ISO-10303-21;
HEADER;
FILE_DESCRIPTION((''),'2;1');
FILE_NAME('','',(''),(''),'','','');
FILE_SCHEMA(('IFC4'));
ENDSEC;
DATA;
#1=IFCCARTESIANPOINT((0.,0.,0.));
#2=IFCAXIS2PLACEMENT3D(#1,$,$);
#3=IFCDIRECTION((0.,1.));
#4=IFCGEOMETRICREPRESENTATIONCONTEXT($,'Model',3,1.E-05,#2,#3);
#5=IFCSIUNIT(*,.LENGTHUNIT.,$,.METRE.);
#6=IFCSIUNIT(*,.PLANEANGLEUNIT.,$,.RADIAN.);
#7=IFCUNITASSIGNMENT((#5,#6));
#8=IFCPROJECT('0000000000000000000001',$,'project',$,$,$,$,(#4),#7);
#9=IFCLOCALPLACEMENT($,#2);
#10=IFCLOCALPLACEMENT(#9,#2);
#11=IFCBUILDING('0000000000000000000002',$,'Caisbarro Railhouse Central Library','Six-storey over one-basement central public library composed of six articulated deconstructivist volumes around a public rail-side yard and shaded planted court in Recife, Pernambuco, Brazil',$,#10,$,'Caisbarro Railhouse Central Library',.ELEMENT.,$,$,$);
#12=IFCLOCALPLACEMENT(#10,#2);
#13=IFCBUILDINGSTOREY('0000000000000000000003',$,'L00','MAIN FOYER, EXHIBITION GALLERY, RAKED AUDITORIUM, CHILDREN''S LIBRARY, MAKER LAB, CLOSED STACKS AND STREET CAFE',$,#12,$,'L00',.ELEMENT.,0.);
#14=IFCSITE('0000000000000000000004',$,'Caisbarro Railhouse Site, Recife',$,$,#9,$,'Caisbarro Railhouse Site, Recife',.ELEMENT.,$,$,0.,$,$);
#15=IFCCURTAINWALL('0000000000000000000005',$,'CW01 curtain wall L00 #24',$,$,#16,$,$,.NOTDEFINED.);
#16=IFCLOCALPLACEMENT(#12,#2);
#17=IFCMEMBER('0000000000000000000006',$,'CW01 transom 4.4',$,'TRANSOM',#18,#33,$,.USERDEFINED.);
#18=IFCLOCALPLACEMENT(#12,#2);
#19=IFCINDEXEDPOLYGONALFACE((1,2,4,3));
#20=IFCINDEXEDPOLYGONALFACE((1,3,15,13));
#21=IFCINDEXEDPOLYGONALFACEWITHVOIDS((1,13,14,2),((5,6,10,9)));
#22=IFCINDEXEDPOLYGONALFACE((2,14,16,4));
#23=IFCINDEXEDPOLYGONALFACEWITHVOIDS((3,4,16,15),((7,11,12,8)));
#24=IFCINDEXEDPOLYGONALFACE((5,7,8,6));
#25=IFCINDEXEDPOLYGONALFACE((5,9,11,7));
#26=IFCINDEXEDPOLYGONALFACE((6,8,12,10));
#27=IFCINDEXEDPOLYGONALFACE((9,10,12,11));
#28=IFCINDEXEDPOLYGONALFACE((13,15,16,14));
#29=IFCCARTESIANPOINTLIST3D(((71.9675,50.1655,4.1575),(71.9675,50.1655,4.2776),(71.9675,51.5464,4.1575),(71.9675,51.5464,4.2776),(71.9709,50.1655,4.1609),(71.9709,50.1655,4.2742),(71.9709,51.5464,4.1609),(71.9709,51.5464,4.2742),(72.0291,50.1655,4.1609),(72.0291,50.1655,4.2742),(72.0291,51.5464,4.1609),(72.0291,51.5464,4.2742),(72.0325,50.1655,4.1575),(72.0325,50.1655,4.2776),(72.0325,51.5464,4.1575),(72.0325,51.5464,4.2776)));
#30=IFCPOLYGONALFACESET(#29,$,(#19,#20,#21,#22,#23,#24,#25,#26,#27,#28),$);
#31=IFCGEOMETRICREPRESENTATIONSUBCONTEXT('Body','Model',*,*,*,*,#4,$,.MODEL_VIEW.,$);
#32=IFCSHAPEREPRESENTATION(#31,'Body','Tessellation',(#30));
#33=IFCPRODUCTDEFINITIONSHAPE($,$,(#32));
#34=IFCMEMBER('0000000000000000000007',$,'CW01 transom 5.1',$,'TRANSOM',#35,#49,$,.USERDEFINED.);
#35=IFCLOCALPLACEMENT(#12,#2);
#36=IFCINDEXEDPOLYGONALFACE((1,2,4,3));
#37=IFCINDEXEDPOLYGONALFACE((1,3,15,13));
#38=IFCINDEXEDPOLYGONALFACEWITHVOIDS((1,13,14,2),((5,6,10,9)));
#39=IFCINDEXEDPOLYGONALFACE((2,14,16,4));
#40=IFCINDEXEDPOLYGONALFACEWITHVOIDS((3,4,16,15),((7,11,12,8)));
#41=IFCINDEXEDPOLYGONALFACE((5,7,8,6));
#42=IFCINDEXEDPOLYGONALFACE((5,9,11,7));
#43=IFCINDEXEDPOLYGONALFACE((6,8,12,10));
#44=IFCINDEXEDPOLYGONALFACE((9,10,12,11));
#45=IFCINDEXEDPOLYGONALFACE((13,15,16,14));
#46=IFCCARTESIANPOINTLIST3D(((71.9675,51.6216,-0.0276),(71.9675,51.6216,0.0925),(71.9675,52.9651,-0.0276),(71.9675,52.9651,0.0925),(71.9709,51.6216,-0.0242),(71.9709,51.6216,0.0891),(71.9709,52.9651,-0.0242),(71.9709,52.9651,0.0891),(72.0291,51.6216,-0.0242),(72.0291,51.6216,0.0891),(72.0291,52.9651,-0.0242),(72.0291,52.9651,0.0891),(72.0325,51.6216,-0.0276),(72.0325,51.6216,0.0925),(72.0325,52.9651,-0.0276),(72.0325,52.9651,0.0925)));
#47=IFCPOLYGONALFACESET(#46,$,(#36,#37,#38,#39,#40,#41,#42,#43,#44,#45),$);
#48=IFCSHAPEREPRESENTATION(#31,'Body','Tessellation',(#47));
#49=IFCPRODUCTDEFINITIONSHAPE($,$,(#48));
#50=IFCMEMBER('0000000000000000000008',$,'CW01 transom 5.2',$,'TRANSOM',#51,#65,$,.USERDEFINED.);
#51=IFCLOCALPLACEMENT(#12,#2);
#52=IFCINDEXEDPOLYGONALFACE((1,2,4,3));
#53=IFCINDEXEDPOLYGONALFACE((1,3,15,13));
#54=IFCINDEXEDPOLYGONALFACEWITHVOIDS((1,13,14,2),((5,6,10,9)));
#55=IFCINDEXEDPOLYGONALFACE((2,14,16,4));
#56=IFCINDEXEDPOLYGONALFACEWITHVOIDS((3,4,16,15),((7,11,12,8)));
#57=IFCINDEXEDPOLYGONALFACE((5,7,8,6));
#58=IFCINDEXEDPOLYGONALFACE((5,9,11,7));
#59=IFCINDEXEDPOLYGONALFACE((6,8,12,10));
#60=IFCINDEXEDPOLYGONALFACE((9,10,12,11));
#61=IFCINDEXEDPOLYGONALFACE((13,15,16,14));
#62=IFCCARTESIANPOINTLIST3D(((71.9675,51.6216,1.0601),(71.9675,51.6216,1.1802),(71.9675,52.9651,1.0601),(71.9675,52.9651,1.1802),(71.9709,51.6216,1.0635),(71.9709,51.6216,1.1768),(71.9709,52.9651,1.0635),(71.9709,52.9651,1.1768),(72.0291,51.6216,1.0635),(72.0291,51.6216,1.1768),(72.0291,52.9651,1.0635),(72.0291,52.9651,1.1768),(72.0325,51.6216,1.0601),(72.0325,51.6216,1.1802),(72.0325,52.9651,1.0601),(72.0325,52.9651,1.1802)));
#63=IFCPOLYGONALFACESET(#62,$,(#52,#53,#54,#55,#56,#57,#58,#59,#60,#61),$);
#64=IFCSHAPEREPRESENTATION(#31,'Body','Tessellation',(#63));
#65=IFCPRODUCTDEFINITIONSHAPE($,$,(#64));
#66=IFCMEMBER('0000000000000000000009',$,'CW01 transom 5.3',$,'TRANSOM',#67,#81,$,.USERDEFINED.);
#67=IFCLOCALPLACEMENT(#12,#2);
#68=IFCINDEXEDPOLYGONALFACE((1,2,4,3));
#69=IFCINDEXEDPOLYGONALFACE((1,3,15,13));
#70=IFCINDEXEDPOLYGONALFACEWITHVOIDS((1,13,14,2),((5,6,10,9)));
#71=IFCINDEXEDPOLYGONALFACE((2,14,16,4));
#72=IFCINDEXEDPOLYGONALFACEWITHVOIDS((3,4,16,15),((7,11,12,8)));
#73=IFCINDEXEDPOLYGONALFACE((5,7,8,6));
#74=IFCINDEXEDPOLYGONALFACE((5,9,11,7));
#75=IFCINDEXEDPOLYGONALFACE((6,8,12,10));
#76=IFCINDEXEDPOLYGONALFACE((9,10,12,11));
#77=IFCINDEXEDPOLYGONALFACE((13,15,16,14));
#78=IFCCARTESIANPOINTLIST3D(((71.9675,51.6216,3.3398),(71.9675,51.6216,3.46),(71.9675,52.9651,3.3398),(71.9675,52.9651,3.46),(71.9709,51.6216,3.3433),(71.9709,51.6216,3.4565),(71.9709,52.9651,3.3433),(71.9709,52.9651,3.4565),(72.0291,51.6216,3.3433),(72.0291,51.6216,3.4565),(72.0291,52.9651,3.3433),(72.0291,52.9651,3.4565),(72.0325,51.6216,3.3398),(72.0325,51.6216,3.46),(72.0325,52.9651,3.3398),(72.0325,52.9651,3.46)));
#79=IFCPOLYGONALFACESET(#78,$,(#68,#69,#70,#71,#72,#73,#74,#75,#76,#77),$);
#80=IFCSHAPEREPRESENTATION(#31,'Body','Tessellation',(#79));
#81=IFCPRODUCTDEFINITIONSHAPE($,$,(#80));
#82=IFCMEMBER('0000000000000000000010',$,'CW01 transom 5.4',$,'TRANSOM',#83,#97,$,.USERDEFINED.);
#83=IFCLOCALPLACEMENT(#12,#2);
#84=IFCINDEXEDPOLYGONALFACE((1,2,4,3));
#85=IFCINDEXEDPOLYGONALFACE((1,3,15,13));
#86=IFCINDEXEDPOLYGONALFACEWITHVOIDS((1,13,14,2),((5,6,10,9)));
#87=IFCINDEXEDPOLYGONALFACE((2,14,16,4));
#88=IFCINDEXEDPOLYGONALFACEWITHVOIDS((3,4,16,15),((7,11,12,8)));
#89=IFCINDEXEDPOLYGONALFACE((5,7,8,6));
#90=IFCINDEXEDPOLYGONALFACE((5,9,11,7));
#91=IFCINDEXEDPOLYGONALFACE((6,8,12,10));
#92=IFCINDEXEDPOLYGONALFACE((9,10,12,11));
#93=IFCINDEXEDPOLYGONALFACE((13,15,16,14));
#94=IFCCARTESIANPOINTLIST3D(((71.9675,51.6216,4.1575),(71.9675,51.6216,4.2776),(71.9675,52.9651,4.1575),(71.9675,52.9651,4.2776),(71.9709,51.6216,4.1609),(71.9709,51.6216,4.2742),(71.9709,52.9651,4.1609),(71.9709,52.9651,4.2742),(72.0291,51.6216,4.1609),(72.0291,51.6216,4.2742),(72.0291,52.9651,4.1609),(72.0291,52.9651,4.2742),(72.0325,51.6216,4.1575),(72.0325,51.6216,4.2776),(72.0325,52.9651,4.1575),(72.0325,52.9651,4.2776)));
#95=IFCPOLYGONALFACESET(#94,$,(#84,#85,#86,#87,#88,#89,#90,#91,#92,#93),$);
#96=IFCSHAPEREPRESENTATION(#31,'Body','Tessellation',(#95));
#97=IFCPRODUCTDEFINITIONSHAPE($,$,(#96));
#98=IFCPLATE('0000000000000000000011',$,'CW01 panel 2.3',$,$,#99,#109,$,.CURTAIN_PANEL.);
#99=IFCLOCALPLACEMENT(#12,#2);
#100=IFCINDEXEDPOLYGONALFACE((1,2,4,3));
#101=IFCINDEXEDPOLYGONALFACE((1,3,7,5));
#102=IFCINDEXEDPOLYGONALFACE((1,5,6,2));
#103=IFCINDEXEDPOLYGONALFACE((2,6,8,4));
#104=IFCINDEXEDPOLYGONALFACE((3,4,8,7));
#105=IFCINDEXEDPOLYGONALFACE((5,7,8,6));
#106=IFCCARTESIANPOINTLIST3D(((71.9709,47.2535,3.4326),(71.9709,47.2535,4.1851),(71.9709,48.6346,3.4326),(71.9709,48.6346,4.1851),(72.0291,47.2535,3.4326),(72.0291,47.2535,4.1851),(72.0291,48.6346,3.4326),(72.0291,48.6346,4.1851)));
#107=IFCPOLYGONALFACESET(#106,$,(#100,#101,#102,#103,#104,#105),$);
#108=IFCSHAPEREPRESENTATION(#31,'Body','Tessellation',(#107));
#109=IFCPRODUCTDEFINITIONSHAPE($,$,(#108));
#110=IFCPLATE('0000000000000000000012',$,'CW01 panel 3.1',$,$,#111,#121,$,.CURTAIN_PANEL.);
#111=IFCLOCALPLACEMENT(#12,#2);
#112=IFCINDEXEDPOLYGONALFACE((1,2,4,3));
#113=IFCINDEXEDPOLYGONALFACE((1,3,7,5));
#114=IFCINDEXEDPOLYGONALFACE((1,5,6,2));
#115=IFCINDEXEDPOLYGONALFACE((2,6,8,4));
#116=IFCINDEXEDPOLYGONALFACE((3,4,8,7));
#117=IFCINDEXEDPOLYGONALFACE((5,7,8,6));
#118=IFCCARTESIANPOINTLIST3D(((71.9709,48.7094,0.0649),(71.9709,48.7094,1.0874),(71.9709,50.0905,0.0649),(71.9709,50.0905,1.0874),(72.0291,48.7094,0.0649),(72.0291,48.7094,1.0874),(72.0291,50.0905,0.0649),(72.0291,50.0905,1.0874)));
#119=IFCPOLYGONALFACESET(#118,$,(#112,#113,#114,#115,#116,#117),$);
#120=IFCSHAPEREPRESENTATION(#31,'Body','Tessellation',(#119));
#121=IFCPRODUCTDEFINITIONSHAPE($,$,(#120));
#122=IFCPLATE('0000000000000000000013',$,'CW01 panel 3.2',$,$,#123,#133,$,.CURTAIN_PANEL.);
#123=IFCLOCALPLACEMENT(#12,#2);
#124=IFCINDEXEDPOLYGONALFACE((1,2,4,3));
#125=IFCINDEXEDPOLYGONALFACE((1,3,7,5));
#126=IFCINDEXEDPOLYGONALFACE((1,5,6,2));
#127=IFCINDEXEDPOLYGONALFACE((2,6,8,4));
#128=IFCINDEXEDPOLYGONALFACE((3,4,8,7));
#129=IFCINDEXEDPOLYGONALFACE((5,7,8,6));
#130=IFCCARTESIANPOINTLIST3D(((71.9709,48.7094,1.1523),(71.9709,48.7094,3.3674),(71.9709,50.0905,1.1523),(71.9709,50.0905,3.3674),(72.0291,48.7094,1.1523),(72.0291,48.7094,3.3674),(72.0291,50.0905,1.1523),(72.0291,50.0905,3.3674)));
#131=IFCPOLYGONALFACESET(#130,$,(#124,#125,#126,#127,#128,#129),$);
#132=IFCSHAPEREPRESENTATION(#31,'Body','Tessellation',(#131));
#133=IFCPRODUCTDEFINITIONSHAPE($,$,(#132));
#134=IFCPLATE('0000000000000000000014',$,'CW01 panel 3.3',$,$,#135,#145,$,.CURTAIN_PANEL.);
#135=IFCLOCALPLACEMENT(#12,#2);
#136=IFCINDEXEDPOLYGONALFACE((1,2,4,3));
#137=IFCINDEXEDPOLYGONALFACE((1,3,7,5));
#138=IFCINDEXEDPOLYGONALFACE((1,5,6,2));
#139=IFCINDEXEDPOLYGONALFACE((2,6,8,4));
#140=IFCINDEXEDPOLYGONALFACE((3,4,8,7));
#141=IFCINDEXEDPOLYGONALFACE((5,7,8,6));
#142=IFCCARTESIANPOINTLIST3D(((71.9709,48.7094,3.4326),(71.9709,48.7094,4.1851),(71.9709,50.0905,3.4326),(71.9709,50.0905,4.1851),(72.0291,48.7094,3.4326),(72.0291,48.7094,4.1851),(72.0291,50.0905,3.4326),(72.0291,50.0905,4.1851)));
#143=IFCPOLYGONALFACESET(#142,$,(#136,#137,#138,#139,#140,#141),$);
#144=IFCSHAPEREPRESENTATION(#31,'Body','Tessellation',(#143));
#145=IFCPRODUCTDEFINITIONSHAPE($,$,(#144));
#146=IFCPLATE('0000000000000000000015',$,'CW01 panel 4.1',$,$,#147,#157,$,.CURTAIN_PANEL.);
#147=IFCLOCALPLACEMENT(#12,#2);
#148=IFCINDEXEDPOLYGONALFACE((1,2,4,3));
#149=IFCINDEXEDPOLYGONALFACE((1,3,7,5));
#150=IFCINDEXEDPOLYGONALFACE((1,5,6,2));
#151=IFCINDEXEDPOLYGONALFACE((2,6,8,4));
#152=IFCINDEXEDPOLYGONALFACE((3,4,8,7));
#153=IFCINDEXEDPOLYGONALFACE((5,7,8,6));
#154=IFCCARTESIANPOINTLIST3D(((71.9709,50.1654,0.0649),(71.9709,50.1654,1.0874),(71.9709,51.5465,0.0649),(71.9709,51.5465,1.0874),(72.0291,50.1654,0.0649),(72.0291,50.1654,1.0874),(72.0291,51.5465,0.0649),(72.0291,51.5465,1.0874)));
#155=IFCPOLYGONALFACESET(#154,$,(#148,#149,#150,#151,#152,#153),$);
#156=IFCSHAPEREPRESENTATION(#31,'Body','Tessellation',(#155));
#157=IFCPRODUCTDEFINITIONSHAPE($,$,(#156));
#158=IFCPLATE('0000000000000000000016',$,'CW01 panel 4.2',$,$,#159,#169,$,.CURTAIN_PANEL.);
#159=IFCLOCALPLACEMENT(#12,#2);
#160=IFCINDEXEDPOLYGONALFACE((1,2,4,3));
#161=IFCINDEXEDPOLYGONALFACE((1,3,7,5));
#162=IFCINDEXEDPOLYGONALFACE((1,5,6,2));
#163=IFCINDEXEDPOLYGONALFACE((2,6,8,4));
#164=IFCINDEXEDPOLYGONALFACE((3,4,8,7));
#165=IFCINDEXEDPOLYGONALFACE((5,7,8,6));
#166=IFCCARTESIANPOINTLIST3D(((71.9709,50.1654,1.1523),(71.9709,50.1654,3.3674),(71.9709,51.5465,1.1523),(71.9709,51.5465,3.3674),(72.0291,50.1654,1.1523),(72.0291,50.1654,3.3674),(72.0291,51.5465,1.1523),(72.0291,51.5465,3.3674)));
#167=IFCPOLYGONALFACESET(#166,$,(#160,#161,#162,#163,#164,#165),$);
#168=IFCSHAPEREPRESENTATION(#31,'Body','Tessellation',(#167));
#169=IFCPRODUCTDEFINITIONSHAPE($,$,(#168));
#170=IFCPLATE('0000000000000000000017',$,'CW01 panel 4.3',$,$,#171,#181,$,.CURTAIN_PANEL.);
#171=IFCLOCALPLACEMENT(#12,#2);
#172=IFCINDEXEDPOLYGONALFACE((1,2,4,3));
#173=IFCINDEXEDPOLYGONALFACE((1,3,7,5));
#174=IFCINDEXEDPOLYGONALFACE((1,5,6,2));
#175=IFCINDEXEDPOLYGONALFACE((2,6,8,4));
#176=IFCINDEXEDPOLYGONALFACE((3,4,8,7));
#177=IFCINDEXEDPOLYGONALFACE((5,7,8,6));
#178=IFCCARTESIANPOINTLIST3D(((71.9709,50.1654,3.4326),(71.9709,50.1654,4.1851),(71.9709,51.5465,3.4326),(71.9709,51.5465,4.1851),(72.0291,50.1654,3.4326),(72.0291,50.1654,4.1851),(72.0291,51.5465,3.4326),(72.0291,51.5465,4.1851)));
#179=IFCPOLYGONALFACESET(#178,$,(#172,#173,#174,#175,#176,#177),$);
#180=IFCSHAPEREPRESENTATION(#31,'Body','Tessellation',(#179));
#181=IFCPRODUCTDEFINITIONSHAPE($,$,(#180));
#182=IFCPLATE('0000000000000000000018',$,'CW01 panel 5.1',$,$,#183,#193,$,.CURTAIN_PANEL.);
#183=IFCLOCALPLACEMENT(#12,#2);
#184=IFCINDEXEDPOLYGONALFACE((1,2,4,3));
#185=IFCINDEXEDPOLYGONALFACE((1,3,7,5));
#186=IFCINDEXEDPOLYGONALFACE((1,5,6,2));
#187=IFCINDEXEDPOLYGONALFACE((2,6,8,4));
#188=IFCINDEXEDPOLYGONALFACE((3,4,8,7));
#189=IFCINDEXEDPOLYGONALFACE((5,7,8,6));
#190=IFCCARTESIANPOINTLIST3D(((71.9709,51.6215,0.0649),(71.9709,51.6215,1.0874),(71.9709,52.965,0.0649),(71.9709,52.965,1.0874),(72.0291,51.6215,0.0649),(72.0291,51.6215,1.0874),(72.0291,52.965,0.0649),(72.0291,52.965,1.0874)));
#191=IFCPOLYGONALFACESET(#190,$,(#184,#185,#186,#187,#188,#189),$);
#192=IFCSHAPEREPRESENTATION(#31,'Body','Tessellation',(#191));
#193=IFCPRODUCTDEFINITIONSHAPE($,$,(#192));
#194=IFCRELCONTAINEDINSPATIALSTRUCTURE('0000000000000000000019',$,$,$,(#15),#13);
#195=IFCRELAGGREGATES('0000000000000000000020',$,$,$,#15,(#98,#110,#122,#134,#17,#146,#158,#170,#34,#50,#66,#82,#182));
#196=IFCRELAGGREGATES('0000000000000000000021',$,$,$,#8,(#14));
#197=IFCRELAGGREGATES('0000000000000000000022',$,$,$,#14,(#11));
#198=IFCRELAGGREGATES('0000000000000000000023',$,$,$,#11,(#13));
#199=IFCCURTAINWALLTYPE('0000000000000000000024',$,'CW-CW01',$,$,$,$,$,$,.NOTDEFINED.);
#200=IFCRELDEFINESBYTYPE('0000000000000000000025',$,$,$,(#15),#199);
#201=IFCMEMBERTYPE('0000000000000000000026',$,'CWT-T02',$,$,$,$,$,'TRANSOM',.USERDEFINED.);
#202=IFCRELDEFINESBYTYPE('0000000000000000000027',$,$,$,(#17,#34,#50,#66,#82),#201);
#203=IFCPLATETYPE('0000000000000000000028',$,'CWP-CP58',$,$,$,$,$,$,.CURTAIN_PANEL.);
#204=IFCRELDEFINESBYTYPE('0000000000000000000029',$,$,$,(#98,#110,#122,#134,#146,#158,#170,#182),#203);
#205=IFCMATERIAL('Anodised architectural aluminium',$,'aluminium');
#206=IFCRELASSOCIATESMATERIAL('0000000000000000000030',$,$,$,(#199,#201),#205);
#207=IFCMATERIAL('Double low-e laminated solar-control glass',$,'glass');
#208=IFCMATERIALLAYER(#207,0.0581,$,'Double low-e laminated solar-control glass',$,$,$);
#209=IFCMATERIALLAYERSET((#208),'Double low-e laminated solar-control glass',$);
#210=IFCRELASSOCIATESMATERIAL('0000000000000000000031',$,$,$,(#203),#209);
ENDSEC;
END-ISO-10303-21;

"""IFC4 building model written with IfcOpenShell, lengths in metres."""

from ifc_helpers import new_model, si_unit, direction, frame, origin, origin_2d, place, context, subcontext, project, spatial, rectangle, hollow_rectangle, extrude, material, layer, layer_set, material_profile, profile_set, type_object, element, aggregate, save


model = new_model("IFC4")

# Units and contexts
model_context = context("Model", 3, precision=1e-05, world=origin(), true_north=direction((0.0, 1.0)))
body_context = subcontext(model_context, "Body", "Model", "MODEL_VIEW")
ifc_project = project(units=[si_unit("LENGTHUNIT", "METRE"), si_unit("PLANEANGLEUNIT", "RADIAN")], contexts=[model_context])

# Site, building, storey
site_placement = place(None, origin())
site = spatial("IfcSite", under=ifc_project, at=site_placement, Name="Caisbarro Railhouse Site, Recife", LongName="Caisbarro Railhouse Site, Recife", CompositionType="ELEMENT", RefElevation=0.0)
building_placement = place(site_placement, origin())
building = spatial("IfcBuilding", under=site, at=building_placement, Name="Caisbarro Railhouse Central Library", Description="Six-storey over one-basement central public library composed of six articulated deconstructivist volumes around a public rail-side yard and shaded planted court in Recife, Pernambuco, Brazil", LongName="Caisbarro Railhouse Central Library", CompositionType="ELEMENT")
storey_placement = place(building_placement, origin())
storey = spatial("IfcBuildingStorey", under=building, at=storey_placement, Name="L00", Description="MAIN FOYER, EXHIBITION GALLERY, RAKED AUDITORIUM, CHILDREN'S LIBRARY, MAKER LAB, CLOSED STACKS AND STREET CAFE", LongName="L00", CompositionType="ELEMENT", Elevation=0.0)

# Curtain wall, members, plates
ifc_material_1 = material(Name="Anodised architectural aluminium", Category="aluminium")
curtain_wall_type = type_object("IfcCurtainWallType", Name="CW-CW01", PredefinedType="NOTDEFINED", material=ifc_material_1)
curtain_wall_placement = place(storey_placement, origin())
curtain_wall = element("IfcCurtainWall", 1, at=curtain_wall_placement, inside=storey, type_object=curtain_wall_type, Name="CW01 curtain wall L00 #24", PredefinedType="NOTDEFINED")
ifc_material_profile_1 = material_profile(ifc_material_1, hollow_rectangle(XDim=0.0649, YDim=0.1201, WallThickness=0.0034, at=origin_2d()), Name="ALU-TRN-65X120")
ifc_profile_set_1 = profile_set([ifc_material_profile_1], Name="Anodised architectural aluminium")
member_type_1 = type_object("IfcMemberType", Name="CWT-T02", ElementType="TRANSOM", PredefinedType="USERDEFINED", material=ifc_profile_set_1)
member_1_placement = place(storey_placement, frame((72.0, 50.1655, 4.2175), z_axis=(0.0, 1.0, 0.0), x_axis=(-1.0, 0.0, 0.0)))
member_1 = element("IfcMember", 2, at=member_1_placement, type_object=member_type_1, Name="CW01 transom 4.4", ObjectType="TRANSOM", PredefinedType="USERDEFINED", context=body_context, shape_type="SweptSolid", body=[
    extrude(hollow_rectangle(XDim=0.0649, YDim=0.1201, WallThickness=0.0034, at=origin_2d()), origin(), (0.0, 0.0, 1.0), 1.3809),
])
member_2_placement = place(storey_placement, frame((72.0, 51.6216, 0.0325), z_axis=(0.0, 1.0, 0.0), x_axis=(-1.0, 0.0, 0.0)))
member_2 = element("IfcMember", 3, at=member_2_placement, type_object=member_type_1, Name="CW01 transom 5.1", ObjectType="TRANSOM", PredefinedType="USERDEFINED", context=body_context, shape_type="SweptSolid", body=[
    extrude(hollow_rectangle(XDim=0.0649, YDim=0.1201, WallThickness=0.0034, at=origin_2d()), origin(), (0.0, 0.0, 1.0), 1.3435),
])
member_3_placement = place(storey_placement, frame((72.0, 51.6216, 1.1201), z_axis=(0.0, 1.0, 0.0), x_axis=(-1.0, 0.0, 0.0)))
member_3 = element("IfcMember", 4, at=member_3_placement, type_object=member_type_1, Name="CW01 transom 5.2", ObjectType="TRANSOM", PredefinedType="USERDEFINED", context=body_context, shape_type="SweptSolid", body=[
    extrude(hollow_rectangle(XDim=0.0649, YDim=0.1201, WallThickness=0.0034, at=origin_2d()), origin(), (0.0, 0.0, 1.0), 1.3435),
])
member_4_placement = place(storey_placement, frame((72.0, 51.6216, 3.3999), z_axis=(0.0, 1.0, 0.0), x_axis=(-1.0, 0.0, 0.0)))
member_4 = element("IfcMember", 5, at=member_4_placement, type_object=member_type_1, Name="CW01 transom 5.3", ObjectType="TRANSOM", PredefinedType="USERDEFINED", context=body_context, shape_type="SweptSolid", body=[
    extrude(hollow_rectangle(XDim=0.0649, YDim=0.1201, WallThickness=0.0034, at=origin_2d()), origin(), (0.0, 0.0, 1.0), 1.3435),
])
member_5_placement = place(storey_placement, frame((72.0, 51.6216, 4.2175), z_axis=(0.0, 1.0, 0.0), x_axis=(-1.0, 0.0, 0.0)))
member_5 = element("IfcMember", 6, at=member_5_placement, type_object=member_type_1, Name="CW01 transom 5.4", ObjectType="TRANSOM", PredefinedType="USERDEFINED", context=body_context, shape_type="SweptSolid", body=[
    extrude(hollow_rectangle(XDim=0.0649, YDim=0.1201, WallThickness=0.0034, at=origin_2d()), origin(), (0.0, 0.0, 1.0), 1.3435),
])
ifc_material_2 = material(Name="Double low-e laminated solar-control glass", Category="glass")
ifc_layer_1 = layer(ifc_material_2, 0.0581, Name="Double low-e laminated solar-control glass")
ifc_layer_set_1 = layer_set([ifc_layer_1], Name="Double low-e laminated solar-control glass")
plate_type = type_object("IfcPlateType", Name="CWP-CP58", PredefinedType="CURTAIN_PANEL", material=ifc_layer_set_1)
plate_1_placement = place(storey_placement, frame((72.0, 47.9441, 3.4326), z_axis=(0.0, 0.0, 1.0), x_axis=(0.0, 1.0, 0.0)))
plate_1 = element("IfcPlate", 7, at=plate_1_placement, type_object=plate_type, Name="CW01 panel 2.3", PredefinedType="CURTAIN_PANEL", context=body_context, shape_type="SweptSolid", body=[
    extrude(rectangle(XDim=1.3811, YDim=0.0581, at=origin_2d()), origin(), (0.0, 0.0, 1.0), 0.7524),
])
plate_2_placement = place(storey_placement, frame((72.0, 49.3999, 0.0649), z_axis=(0.0, 0.0, 1.0), x_axis=(0.0, 1.0, 0.0)))
plate_2 = element("IfcPlate", 8, at=plate_2_placement, type_object=plate_type, Name="CW01 panel 3.1", PredefinedType="CURTAIN_PANEL", context=body_context, shape_type="SweptSolid", body=[
    extrude(rectangle(XDim=1.3811, YDim=0.0581, at=origin_2d()), origin(), (0.0, 0.0, 1.0), 1.0225),
])
plate_3_placement = place(storey_placement, frame((72.0, 49.3999, 1.1523), z_axis=(0.0, 0.0, 1.0), x_axis=(0.0, 1.0, 0.0)))
plate_3 = element("IfcPlate", 9, at=plate_3_placement, type_object=plate_type, Name="CW01 panel 3.2", PredefinedType="CURTAIN_PANEL", context=body_context, shape_type="SweptSolid", body=[
    extrude(rectangle(XDim=1.3811, YDim=0.0581, at=origin_2d()), origin(), (0.0, 0.0, 1.0), 2.2151),
])
plate_4_placement = place(storey_placement, frame((72.0, 49.3999, 3.4326), z_axis=(0.0, 0.0, 1.0), x_axis=(0.0, 1.0, 0.0)))
plate_4 = element("IfcPlate", 10, at=plate_4_placement, type_object=plate_type, Name="CW01 panel 3.3", PredefinedType="CURTAIN_PANEL", context=body_context, shape_type="SweptSolid", body=[
    extrude(rectangle(XDim=1.3811, YDim=0.0581, at=origin_2d()), origin(), (0.0, 0.0, 1.0), 0.7524),
])
plate_5_placement = place(storey_placement, frame((72.0, 50.856, 0.0649), z_axis=(0.0, 0.0, 1.0), x_axis=(0.0, 1.0, 0.0)))
plate_5 = element("IfcPlate", 11, at=plate_5_placement, type_object=plate_type, Name="CW01 panel 4.1", PredefinedType="CURTAIN_PANEL", context=body_context, shape_type="SweptSolid", body=[
    extrude(rectangle(XDim=1.3811, YDim=0.0581, at=origin_2d()), origin(), (0.0, 0.0, 1.0), 1.0225),
])
plate_6_placement = place(storey_placement, frame((72.0, 50.856, 1.1523), z_axis=(0.0, 0.0, 1.0), x_axis=(0.0, 1.0, 0.0)))
plate_6 = element("IfcPlate", 12, at=plate_6_placement, type_object=plate_type, Name="CW01 panel 4.2", PredefinedType="CURTAIN_PANEL", context=body_context, shape_type="SweptSolid", body=[
    extrude(rectangle(XDim=1.3811, YDim=0.0581, at=origin_2d()), origin(), (0.0, 0.0, 1.0), 2.2151),
])
plate_7_placement = place(storey_placement, frame((72.0, 50.856, 3.4326), z_axis=(0.0, 0.0, 1.0), x_axis=(0.0, 1.0, 0.0)))
plate_7 = element("IfcPlate", 13, at=plate_7_placement, type_object=plate_type, Name="CW01 panel 4.3", PredefinedType="CURTAIN_PANEL", context=body_context, shape_type="SweptSolid", body=[
    extrude(rectangle(XDim=1.3811, YDim=0.0581, at=origin_2d()), origin(), (0.0, 0.0, 1.0), 0.7524),
])
plate_8_placement = place(storey_placement, frame((72.0, 52.2932, 0.0649), z_axis=(0.0, 0.0, 1.0), x_axis=(0.0, 1.0, 0.0)))
plate_8 = element("IfcPlate", 14, at=plate_8_placement, type_object=plate_type, Name="CW01 panel 5.1", PredefinedType="CURTAIN_PANEL", context=body_context, shape_type="SweptSolid", body=[
    extrude(rectangle(XDim=1.3435, YDim=0.0581, at=origin_2d()), origin(), (0.0, 0.0, 1.0), 1.0225),
])
aggregate(curtain_wall, [plate_1, plate_2, plate_3, plate_4, member_1, plate_5, plate_6, plate_7, member_2, member_3, member_4, member_5, plate_8])

save(model, "model.ifc")
